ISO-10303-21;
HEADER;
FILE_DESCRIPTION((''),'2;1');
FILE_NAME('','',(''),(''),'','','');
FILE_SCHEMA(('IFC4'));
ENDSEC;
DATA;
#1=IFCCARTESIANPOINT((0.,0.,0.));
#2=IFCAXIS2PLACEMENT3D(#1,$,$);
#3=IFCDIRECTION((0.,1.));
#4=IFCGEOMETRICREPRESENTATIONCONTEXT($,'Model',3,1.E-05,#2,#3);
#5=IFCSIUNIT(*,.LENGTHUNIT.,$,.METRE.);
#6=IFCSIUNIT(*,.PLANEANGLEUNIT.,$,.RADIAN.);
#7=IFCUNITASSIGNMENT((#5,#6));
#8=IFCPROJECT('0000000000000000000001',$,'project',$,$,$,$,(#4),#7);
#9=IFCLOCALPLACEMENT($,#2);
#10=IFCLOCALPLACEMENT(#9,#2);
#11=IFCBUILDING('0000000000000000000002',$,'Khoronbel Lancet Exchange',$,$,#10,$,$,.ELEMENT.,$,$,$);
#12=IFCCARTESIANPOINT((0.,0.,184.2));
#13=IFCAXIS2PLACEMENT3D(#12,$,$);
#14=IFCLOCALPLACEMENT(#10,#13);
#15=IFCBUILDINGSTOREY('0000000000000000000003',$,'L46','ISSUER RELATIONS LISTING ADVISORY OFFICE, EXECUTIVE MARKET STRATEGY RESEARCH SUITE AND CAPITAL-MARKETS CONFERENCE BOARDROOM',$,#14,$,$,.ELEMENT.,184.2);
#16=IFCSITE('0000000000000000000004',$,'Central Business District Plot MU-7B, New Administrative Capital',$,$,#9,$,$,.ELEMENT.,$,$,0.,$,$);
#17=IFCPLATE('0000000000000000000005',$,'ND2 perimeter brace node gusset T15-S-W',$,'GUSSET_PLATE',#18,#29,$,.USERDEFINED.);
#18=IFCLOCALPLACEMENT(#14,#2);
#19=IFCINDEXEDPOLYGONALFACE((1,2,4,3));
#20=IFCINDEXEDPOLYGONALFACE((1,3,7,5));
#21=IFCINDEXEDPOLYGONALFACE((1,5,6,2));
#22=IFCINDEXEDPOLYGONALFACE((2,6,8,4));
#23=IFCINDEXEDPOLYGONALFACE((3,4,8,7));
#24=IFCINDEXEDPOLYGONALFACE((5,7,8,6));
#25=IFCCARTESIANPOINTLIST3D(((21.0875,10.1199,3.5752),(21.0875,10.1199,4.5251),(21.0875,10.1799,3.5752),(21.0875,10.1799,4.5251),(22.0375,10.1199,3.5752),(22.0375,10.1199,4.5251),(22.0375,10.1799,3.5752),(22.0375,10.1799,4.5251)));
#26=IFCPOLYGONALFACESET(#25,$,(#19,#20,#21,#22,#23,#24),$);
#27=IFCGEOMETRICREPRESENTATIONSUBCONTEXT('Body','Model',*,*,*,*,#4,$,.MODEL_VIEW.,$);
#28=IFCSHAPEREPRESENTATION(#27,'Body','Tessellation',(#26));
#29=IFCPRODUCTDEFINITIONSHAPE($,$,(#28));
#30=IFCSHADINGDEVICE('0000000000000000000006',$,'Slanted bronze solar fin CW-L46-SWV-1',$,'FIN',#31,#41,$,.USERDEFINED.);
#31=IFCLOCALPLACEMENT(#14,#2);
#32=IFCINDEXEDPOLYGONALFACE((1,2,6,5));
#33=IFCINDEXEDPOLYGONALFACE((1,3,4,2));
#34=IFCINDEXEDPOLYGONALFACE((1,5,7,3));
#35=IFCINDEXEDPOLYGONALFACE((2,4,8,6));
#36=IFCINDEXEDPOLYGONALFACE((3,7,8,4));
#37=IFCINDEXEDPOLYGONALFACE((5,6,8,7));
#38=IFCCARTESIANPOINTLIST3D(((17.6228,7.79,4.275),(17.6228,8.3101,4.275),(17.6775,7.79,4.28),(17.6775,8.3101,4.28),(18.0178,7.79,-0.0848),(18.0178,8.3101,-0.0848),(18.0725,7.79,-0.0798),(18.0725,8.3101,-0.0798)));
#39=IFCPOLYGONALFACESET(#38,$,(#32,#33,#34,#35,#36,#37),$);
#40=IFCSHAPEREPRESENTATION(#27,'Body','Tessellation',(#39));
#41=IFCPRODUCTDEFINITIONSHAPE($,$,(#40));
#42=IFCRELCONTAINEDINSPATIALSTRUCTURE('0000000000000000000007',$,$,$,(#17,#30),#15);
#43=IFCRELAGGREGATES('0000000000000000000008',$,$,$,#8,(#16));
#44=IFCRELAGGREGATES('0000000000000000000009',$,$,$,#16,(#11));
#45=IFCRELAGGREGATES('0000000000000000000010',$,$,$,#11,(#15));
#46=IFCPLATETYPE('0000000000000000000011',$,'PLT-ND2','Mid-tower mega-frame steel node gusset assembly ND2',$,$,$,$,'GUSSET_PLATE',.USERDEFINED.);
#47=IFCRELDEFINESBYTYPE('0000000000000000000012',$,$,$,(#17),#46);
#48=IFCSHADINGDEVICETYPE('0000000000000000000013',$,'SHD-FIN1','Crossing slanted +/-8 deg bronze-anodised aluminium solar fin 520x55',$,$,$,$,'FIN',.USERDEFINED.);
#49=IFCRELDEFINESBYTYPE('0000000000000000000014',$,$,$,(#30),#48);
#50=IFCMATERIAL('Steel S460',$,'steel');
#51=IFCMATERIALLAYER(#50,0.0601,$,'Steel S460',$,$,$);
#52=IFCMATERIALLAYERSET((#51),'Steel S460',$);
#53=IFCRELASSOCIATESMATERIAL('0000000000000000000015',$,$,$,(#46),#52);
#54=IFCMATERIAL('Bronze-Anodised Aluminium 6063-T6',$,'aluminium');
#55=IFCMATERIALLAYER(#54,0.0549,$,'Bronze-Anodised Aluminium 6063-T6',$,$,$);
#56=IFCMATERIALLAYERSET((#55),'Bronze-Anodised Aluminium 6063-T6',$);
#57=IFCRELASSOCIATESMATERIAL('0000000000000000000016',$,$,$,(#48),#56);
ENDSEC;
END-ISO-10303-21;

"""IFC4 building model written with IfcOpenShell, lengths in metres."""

from ifc_helpers import new_model, si_unit, direction, frame, origin, origin_2d, place, context, subcontext, project, spatial, polyline, rectangle, outline, extrude, material, layer, layer_set, type_object, element, save


model = new_model("IFC4")

# Units and contexts
model_context = context("Model", 3, precision=1e-05, world=origin(), true_north=direction((0.0, 1.0)))
body_context = subcontext(model_context, "Body", "Model", "MODEL_VIEW")
ifc_project = project(units=[si_unit("LENGTHUNIT", "METRE"), si_unit("PLANEANGLEUNIT", "RADIAN")], contexts=[model_context])

# Site, building, storey
site_placement = place(None, origin())
site = spatial("IfcSite", under=ifc_project, at=site_placement, Name="Central Business District Plot MU-7B, New Administrative Capital", CompositionType="ELEMENT", RefElevation=0.0)
building_placement = place(site_placement, origin())
building = spatial("IfcBuilding", under=site, at=building_placement, Name="Khoronbel Lancet Exchange", CompositionType="ELEMENT")
storey_placement = place(building_placement, frame((0.0, 0.0, 184.2)))
storey = spatial("IfcBuildingStorey", under=building, at=storey_placement, Name="L46", Description="ISSUER RELATIONS LISTING ADVISORY OFFICE, EXECUTIVE MARKET STRATEGY RESEARCH SUITE AND CAPITAL-MARKETS CONFERENCE BOARDROOM", CompositionType="ELEMENT", Elevation=184.2)

# Shared definitions
ifc_material_1 = material(Name="Steel S460", Category="steel")

# Shared definitions
ifc_material_2 = material(Name="Bronze-Anodised Aluminium 6063-T6", Category="aluminium")

# Plate
ifc_layer_1 = layer(ifc_material_1, 0.0601, Name="Steel S460")
ifc_layer_set_1 = layer_set([ifc_layer_1], Name="Steel S460")
plate_type_1 = type_object("IfcPlateType", Name="PLT-ND2", Description="Mid-tower mega-frame steel node gusset assembly ND2", ElementType="GUSSET_PLATE", PredefinedType="USERDEFINED", material=ifc_layer_set_1)
plate_1_placement = place(storey_placement, frame((21.5625, 10.1499, 3.5752), z_axis=(0.0, 0.0, 1.0), x_axis=(1.0, 0.0, 0.0)))
element("IfcPlate", 1, at=plate_1_placement, inside=storey, type_object=plate_type_1, Name="ND2 perimeter brace node gusset T15-S-W", ObjectType="GUSSET_PLATE", PredefinedType="USERDEFINED", context=body_context, shape_type="SweptSolid", body=[
    extrude(rectangle(XDim=0.95, YDim=0.0601, at=origin_2d()), origin(), (0.0, 0.0, 1.0), 0.95),
])

# Shading device
ifc_layer_2 = layer(ifc_material_2, 0.0549, Name="Bronze-Anodised Aluminium 6063-T6")
ifc_layer_set_2 = layer_set([ifc_layer_2], Name="Bronze-Anodised Aluminium 6063-T6")
shading_device_type = type_object("IfcShadingDeviceType", Name="SHD-FIN1", Description="Crossing slanted +/-8 deg bronze-anodised aluminium solar fin 520x55", ElementType="FIN", PredefinedType="USERDEFINED", material=ifc_layer_set_2)
shading_device_placement = place(storey_placement, frame((18.0725, 8.3101, -0.0798), z_axis=(0.995921, 0.0, 0.090234), x_axis=(0.0, -1.0, 0.0)))
element("IfcShadingDevice", 2, at=shading_device_placement, inside=storey, type_object=shading_device_type, Name="Slanted bronze solar fin CW-L46-SWV-1", ObjectType="FIN", PredefinedType="USERDEFINED", context=body_context, shape_type="SweptSolid", body=[
    extrude(outline(polyline([(0.0, 0.0), (0.52, 0.0), (0.52, -4.3777), (0.0, -4.3777), (0.0, 0.0)])), origin(), (0.0, 0.0, -1.0), 0.0549),
])

save(model, "model.ifc")
